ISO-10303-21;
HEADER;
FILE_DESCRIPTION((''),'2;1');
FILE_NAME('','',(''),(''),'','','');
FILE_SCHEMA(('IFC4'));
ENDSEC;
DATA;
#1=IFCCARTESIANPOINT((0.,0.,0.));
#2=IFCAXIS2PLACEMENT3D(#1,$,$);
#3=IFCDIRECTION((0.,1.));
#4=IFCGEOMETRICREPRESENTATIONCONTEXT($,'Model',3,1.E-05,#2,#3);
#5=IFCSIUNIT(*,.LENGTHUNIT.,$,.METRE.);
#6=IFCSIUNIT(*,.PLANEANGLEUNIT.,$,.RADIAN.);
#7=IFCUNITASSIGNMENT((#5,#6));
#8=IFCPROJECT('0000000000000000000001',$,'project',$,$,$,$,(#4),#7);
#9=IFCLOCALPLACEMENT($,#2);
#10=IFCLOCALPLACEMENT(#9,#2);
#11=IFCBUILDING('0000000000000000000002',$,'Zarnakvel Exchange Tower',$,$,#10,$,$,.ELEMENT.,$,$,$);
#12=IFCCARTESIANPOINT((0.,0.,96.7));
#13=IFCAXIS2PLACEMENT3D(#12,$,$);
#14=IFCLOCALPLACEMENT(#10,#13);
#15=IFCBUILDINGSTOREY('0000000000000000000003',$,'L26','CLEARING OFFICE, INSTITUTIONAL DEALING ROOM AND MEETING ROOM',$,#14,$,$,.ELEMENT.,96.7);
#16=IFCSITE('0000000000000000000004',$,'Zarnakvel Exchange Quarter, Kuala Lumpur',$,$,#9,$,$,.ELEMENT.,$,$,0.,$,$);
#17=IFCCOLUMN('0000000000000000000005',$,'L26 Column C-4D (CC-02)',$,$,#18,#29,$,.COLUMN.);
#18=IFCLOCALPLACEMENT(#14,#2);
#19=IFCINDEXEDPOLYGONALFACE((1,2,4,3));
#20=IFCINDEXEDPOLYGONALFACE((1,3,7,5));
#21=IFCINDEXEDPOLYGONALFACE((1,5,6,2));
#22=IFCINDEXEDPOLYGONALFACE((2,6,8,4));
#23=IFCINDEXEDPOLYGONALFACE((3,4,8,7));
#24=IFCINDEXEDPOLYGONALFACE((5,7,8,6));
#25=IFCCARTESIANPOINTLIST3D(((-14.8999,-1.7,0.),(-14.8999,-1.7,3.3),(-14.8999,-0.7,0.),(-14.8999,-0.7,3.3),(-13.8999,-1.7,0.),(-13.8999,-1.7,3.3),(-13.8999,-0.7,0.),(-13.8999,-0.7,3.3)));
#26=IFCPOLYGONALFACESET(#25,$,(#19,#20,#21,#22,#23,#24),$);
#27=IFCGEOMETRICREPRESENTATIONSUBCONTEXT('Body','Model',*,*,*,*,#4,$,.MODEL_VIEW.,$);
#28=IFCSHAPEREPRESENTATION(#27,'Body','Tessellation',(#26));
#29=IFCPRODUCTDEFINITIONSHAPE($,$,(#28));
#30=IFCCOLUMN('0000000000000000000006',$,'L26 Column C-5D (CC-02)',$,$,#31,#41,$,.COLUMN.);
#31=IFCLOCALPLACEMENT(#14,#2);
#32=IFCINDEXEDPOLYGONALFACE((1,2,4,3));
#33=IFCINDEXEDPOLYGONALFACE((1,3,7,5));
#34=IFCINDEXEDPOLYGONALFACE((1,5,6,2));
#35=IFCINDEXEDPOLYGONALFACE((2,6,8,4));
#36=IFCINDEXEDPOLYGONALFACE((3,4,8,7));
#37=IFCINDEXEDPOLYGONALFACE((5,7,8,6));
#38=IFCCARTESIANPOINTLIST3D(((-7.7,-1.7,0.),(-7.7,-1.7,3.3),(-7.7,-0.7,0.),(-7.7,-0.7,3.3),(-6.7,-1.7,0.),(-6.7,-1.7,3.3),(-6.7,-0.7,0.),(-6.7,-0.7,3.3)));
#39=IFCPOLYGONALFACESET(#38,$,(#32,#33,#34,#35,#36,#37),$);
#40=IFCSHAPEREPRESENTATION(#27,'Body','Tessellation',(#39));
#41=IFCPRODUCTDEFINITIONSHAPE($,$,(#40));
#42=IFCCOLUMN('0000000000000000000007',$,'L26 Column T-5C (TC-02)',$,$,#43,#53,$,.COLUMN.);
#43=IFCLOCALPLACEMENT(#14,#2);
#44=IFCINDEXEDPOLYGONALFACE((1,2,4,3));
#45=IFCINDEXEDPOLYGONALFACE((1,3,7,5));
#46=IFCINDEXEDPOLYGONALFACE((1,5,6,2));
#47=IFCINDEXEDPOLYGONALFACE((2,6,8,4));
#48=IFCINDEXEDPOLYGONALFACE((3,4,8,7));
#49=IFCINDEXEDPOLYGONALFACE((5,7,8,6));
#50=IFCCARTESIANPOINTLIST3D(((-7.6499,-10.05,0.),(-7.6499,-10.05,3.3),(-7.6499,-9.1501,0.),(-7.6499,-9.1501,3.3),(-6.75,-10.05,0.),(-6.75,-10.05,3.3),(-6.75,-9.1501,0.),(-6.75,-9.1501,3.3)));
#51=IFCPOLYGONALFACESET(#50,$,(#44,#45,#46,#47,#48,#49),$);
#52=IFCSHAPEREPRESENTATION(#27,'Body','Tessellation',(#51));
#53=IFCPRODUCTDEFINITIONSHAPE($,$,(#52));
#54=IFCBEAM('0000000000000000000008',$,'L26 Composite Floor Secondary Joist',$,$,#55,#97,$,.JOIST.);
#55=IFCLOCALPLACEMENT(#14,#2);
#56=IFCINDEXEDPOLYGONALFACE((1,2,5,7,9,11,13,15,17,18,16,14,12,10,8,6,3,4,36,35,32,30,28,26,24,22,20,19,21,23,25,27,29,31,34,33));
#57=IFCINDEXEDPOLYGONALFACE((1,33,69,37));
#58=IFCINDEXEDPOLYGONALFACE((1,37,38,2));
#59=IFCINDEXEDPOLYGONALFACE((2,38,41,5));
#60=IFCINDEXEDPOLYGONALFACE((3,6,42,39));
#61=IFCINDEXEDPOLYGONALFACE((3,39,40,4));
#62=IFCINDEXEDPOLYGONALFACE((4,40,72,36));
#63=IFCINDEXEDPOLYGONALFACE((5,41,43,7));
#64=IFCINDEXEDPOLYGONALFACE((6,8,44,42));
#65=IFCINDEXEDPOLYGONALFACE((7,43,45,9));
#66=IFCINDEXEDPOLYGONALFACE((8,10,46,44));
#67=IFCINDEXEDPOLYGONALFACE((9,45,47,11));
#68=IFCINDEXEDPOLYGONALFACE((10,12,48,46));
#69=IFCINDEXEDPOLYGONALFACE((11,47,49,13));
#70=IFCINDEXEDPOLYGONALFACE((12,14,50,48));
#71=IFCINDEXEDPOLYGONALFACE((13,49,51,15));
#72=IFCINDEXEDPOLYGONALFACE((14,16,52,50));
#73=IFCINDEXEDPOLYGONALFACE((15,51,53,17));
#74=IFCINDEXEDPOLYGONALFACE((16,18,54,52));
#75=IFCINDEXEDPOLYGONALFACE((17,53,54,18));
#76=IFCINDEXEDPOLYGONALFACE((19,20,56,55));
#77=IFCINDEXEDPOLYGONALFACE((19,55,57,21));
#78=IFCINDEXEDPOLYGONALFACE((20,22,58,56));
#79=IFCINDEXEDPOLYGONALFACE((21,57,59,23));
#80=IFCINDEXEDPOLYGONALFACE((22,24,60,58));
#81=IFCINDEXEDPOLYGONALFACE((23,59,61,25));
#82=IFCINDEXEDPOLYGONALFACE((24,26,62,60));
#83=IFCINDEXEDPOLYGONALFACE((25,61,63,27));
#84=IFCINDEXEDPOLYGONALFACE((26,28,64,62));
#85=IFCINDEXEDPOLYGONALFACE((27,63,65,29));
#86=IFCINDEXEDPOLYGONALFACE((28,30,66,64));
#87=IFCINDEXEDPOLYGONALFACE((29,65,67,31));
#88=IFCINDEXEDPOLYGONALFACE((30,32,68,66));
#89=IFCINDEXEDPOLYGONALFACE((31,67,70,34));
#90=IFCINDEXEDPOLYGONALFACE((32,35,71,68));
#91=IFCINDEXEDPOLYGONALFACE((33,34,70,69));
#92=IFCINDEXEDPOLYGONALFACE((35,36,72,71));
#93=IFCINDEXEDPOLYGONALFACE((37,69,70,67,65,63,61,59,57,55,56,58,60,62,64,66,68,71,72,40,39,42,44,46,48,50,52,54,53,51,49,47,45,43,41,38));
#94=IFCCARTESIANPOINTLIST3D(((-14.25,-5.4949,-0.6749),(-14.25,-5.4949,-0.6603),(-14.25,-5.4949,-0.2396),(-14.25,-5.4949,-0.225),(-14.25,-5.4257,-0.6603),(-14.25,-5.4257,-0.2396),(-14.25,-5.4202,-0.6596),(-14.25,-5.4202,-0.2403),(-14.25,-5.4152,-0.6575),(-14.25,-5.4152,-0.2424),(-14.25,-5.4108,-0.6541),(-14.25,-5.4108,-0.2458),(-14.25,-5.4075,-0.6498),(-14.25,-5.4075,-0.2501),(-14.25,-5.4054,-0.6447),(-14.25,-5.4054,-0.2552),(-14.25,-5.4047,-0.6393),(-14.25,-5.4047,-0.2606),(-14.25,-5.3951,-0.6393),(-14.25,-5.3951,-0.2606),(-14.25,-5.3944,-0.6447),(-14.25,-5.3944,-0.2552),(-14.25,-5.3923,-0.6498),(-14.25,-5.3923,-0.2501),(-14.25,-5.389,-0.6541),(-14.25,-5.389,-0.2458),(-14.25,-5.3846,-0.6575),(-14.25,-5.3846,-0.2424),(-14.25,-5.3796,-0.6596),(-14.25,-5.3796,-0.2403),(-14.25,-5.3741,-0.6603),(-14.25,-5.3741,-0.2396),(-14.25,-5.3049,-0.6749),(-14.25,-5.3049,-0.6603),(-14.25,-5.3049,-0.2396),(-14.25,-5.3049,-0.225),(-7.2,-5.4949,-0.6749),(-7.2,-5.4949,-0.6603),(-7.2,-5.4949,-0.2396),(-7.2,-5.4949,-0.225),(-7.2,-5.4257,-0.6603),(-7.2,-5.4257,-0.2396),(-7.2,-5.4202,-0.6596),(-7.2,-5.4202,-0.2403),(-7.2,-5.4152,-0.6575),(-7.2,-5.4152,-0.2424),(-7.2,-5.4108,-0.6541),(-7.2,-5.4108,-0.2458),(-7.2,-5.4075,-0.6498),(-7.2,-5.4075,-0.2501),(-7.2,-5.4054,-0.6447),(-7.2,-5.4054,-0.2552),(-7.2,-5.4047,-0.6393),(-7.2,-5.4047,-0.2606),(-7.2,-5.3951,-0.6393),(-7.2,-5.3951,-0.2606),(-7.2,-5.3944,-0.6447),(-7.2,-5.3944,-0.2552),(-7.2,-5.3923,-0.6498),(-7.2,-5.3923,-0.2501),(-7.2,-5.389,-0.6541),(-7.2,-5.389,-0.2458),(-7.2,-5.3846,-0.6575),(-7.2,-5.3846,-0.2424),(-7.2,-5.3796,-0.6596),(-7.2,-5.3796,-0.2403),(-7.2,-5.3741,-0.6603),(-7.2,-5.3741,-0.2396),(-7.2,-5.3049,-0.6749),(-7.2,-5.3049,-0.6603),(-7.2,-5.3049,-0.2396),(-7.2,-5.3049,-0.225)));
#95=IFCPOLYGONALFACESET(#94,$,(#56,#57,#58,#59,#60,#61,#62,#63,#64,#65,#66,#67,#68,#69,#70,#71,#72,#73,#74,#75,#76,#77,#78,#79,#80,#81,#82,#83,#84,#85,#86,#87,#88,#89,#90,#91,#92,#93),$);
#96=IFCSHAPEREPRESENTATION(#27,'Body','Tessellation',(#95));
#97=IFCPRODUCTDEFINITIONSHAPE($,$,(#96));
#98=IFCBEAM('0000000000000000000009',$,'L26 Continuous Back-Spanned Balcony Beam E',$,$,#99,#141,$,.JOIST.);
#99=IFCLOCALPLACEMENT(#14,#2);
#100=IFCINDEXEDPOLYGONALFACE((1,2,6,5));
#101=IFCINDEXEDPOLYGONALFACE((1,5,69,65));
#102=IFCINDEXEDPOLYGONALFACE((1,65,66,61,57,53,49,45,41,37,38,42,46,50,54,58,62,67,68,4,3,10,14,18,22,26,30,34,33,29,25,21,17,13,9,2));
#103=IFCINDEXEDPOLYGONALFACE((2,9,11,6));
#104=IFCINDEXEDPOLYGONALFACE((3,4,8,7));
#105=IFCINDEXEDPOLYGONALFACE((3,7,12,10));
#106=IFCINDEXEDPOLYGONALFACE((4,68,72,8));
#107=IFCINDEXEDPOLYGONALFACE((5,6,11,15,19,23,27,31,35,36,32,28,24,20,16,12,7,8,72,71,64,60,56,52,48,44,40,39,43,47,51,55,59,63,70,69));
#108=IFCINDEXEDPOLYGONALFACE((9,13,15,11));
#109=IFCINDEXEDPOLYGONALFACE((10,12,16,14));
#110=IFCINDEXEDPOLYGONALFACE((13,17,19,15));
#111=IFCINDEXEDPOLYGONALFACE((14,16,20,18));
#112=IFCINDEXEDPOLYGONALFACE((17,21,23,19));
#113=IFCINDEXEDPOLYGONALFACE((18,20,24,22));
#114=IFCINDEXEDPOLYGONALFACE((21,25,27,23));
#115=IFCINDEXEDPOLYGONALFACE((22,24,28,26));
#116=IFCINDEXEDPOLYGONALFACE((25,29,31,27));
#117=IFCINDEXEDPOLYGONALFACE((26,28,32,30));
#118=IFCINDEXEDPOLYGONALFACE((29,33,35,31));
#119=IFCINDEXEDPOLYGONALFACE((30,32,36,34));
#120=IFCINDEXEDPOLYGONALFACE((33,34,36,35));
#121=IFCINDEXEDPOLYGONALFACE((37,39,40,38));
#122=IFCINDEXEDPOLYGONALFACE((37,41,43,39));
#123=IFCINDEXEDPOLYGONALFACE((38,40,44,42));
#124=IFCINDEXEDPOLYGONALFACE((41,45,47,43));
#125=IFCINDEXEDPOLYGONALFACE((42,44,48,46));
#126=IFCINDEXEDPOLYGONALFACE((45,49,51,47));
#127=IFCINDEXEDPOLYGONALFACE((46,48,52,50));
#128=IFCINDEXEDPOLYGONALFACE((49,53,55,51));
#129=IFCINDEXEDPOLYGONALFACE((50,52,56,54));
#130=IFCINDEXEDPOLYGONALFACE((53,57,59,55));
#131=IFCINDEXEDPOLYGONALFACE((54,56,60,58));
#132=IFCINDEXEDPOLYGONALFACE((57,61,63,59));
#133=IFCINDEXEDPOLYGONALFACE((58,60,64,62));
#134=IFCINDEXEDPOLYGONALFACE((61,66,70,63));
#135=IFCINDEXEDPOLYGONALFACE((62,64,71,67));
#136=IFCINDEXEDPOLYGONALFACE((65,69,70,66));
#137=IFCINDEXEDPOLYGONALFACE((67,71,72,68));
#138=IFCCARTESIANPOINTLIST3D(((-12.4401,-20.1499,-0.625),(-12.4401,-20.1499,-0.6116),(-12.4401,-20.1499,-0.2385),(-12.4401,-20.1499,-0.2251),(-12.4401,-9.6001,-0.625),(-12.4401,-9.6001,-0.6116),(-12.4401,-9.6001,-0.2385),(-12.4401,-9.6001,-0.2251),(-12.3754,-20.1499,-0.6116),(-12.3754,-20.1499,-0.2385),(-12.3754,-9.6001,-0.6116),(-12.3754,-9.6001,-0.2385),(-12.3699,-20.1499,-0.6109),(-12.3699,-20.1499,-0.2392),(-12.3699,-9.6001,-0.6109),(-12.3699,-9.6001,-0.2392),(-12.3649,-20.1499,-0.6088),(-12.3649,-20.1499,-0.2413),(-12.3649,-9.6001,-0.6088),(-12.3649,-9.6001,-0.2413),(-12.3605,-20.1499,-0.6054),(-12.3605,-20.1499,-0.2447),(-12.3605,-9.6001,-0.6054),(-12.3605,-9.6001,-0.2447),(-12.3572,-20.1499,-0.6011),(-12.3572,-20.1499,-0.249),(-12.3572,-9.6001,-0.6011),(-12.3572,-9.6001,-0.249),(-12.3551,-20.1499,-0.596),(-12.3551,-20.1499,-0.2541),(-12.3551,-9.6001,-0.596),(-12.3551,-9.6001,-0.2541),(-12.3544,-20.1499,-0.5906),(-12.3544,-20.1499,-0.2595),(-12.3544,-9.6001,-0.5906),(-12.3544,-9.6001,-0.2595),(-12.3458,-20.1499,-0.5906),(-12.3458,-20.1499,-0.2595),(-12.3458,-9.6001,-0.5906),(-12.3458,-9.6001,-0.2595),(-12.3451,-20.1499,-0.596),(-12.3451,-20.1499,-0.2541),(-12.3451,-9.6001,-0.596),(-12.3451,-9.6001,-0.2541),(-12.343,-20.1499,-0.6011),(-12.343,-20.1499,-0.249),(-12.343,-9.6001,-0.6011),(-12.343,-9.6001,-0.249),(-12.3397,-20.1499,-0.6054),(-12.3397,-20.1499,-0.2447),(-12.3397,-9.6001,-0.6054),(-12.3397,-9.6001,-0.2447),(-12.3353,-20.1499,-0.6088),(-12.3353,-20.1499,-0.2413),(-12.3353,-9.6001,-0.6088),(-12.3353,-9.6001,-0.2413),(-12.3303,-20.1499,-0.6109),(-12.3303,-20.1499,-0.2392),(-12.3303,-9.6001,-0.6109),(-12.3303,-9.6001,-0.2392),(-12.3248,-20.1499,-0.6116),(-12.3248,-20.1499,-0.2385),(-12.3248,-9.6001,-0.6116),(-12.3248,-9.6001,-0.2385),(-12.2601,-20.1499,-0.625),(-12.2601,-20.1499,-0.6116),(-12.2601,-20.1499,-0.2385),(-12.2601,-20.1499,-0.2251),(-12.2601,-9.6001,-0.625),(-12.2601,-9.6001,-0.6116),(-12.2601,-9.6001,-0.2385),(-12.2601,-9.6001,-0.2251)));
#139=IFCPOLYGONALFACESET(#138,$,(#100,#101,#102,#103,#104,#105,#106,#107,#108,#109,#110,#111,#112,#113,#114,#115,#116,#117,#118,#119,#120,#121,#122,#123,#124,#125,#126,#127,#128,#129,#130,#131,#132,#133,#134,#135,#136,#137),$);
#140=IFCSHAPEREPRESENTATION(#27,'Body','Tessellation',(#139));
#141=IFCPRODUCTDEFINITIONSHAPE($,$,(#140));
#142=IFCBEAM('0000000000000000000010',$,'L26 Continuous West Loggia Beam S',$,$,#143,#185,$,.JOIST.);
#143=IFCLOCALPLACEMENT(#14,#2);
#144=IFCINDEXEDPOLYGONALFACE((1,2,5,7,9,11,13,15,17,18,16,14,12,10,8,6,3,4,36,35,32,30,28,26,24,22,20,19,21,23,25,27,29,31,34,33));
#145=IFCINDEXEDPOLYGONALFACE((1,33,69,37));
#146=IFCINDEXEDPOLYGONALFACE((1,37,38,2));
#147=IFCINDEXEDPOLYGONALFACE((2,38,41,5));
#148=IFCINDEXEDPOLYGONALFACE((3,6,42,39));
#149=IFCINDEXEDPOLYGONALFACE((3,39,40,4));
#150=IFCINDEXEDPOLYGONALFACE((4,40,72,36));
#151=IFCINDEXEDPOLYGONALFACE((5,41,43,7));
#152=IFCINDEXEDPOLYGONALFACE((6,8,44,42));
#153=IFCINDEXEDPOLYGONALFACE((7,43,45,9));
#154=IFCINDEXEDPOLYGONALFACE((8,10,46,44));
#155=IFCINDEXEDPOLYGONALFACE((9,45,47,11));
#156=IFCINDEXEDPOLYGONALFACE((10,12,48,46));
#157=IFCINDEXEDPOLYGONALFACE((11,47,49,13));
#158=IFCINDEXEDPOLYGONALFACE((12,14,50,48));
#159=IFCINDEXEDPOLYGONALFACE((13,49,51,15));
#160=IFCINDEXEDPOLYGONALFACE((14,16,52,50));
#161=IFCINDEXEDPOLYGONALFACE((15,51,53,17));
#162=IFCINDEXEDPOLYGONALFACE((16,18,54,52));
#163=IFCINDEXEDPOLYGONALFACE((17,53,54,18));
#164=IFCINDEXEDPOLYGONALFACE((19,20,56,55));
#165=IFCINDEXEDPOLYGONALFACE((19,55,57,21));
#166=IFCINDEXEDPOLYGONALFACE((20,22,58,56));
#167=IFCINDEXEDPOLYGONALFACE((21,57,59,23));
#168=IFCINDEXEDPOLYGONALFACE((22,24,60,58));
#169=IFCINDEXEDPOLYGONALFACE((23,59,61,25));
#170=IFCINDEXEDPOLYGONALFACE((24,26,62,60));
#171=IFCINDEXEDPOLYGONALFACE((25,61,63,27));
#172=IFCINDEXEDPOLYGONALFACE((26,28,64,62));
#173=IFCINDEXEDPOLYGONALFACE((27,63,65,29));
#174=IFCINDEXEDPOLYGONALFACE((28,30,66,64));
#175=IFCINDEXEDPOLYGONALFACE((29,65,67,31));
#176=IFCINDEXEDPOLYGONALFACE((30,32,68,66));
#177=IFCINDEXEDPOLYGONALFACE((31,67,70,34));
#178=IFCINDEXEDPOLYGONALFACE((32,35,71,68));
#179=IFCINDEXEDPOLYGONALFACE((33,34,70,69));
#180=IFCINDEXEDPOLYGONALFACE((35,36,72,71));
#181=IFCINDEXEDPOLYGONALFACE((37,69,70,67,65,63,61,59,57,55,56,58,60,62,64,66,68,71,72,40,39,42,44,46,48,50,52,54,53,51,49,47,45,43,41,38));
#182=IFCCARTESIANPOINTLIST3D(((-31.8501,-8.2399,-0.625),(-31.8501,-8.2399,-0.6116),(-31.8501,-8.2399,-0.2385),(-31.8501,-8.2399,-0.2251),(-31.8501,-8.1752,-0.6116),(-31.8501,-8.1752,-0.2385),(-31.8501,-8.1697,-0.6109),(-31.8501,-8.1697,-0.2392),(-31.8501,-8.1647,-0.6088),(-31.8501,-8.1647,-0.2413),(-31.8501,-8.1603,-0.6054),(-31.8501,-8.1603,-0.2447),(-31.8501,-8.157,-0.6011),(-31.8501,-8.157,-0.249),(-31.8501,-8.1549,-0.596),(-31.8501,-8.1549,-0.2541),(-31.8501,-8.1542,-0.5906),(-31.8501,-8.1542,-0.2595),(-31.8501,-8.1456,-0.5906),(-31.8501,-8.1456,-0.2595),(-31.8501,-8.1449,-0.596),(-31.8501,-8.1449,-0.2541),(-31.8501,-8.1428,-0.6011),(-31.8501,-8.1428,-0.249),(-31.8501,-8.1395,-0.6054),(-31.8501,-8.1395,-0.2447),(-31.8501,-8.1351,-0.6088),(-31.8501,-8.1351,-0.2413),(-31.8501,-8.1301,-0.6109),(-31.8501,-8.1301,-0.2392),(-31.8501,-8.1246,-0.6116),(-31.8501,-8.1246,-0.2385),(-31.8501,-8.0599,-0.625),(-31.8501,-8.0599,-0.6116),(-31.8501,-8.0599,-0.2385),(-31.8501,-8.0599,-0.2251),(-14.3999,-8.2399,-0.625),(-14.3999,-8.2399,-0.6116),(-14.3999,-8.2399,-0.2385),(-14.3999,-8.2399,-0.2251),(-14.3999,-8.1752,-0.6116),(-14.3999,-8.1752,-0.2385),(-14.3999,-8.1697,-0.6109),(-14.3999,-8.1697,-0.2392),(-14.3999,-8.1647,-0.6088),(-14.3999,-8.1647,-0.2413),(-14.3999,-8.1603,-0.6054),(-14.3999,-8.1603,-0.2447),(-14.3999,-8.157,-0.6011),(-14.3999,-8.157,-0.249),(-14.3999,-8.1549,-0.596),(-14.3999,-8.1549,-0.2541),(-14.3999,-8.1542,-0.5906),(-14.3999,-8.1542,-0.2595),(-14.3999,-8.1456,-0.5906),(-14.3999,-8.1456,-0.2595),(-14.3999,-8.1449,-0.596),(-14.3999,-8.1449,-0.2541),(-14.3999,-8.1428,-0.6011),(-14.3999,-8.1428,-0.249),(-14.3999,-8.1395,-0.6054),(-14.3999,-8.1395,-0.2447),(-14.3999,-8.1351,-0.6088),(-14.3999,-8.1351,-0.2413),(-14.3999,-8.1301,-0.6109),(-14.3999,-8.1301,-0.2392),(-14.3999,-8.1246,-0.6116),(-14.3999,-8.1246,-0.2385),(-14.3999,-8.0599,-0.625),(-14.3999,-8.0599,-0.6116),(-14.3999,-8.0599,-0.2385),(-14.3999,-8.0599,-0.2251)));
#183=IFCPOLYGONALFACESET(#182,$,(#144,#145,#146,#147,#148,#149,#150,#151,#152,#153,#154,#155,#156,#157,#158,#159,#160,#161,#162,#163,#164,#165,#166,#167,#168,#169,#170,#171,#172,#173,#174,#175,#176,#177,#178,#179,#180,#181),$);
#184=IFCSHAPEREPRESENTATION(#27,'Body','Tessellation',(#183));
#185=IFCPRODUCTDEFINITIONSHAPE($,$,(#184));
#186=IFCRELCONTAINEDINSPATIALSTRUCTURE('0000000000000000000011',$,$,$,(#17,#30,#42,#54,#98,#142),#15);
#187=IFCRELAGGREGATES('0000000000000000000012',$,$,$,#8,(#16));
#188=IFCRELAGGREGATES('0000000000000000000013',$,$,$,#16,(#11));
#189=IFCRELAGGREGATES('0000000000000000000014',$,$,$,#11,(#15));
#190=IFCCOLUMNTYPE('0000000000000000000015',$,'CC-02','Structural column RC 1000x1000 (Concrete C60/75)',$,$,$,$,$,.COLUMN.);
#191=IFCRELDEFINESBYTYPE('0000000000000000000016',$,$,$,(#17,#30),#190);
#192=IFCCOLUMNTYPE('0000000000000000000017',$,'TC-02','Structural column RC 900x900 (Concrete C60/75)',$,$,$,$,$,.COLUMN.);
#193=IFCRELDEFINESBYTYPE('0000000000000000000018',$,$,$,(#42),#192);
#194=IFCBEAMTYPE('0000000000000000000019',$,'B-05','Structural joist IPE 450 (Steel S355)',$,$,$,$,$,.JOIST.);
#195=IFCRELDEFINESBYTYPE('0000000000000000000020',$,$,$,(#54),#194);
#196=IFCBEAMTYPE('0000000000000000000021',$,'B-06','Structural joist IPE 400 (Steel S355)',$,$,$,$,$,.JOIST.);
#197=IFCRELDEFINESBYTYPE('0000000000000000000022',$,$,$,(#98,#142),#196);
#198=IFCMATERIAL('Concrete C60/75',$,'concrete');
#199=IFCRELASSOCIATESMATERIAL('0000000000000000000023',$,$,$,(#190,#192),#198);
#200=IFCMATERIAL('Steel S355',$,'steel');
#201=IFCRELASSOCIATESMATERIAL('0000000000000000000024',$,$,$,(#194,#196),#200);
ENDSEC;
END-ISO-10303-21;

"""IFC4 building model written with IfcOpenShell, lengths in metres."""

from ifc_helpers import new_model, si_unit, direction, frame, origin, origin_2d, place, context, subcontext, project, spatial, rectangle, i_section, extrude, material, material_profile, profile_set, type_object, element, save


model = new_model("IFC4")

# Units and contexts
model_context = context("Model", 3, precision=1e-05, world=origin(), true_north=direction((0.0, 1.0)))
body_context = subcontext(model_context, "Body", "Model", "MODEL_VIEW")
ifc_project = project(units=[si_unit("LENGTHUNIT", "METRE"), si_unit("PLANEANGLEUNIT", "RADIAN")], contexts=[model_context])

# Site, building, storey
site_placement = place(None, origin())
site = spatial("IfcSite", under=ifc_project, at=site_placement, Name="Zarnakvel Exchange Quarter, Kuala Lumpur", CompositionType="ELEMENT", RefElevation=0.0)
building_placement = place(site_placement, origin())
building = spatial("IfcBuilding", under=site, at=building_placement, Name="Zarnakvel Exchange Tower", CompositionType="ELEMENT")
storey_placement = place(building_placement, frame((0.0, 0.0, 96.7)))
storey = spatial("IfcBuildingStorey", under=building, at=storey_placement, Name="L26", Description="CLEARING OFFICE, INSTITUTIONAL DEALING ROOM AND MEETING ROOM", CompositionType="ELEMENT", Elevation=96.7)

# Columns
ifc_material_1 = material(Name="Concrete C60/75", Category="concrete")
ifc_material_profile_1 = material_profile(ifc_material_1, rectangle(XDim=1.0, YDim=1.0, at=origin_2d()))
ifc_profile_set_1 = profile_set([ifc_material_profile_1], Name="Concrete C60/75")
column_type_1 = type_object("IfcColumnType", Name="CC-02", Description="Structural column RC 1000x1000 (Concrete C60/75)", PredefinedType="COLUMN", material=ifc_profile_set_1)
for number, where, z_axis, x_axis, name in (
    (1, (-14.3999, -1.2, 0.0), (0.0, 0.0, 1.0), (1.0, 0.0, 0.0), "L26 Column C-4D (CC-02)"),
    (2, (-7.2, -1.2, 0.0), (0.0, 0.0, 1.0), (1.0, 0.0, 0.0), "L26 Column C-5D (CC-02)"),
):
    element("IfcColumn", number, at=place(storey_placement, frame(where, z_axis=z_axis, x_axis=x_axis)), inside=storey, type_object=column_type_1, Name=name, PredefinedType="COLUMN", context=body_context, shape_type="SweptSolid", body=[
        extrude(rectangle(XDim=1.0, YDim=1.0, at=origin_2d()), origin(), (0.0, 0.0, 1.0), 3.3),
    ])
ifc_material_profile_2 = material_profile(ifc_material_1, rectangle(XDim=0.8999, YDim=0.8999, at=origin_2d()))
ifc_profile_set_2 = profile_set([ifc_material_profile_2], Name="Concrete C60/75")
column_type_2 = type_object("IfcColumnType", Name="TC-02", Description="Structural column RC 900x900 (Concrete C60/75)", PredefinedType="COLUMN", material=ifc_profile_set_2)
column_placement = place(storey_placement, frame((-7.2, -9.6001, 0.0), z_axis=(0.0, 0.0, 1.0), x_axis=(1.0, 0.0, 0.0)))
element("IfcColumn", 3, at=column_placement, inside=storey, type_object=column_type_2, Name="L26 Column T-5C (TC-02)", PredefinedType="COLUMN", context=body_context, shape_type="SweptSolid", body=[
    extrude(rectangle(XDim=0.8999, YDim=0.8999, at=origin_2d()), origin(), (0.0, 0.0, 1.0), 3.3),
])

# Beams
ifc_material_2 = material(Name="Steel S355", Category="steel")
ifc_material_profile_3 = material_profile(ifc_material_2, i_section(OverallWidth=0.1899, OverallDepth=0.45, WebThickness=0.0095, FlangeThickness=0.0146, FilletRadius=0.021, at=origin_2d()))
ifc_profile_set_3 = profile_set([ifc_material_profile_3], Name="Steel S355")
beam_type_1 = type_object("IfcBeamType", Name="B-05", Description="Structural joist IPE 450 (Steel S355)", PredefinedType="JOIST", material=ifc_profile_set_3)
beam_1_placement = place(storey_placement, frame((-14.25, -5.3999, -0.45), z_axis=(1.0, 0.0, 0.0), x_axis=(0.0, 1.0, 0.0)))
element("IfcBeam", 4, at=beam_1_placement, inside=storey, type_object=beam_type_1, Name="L26 Composite Floor Secondary Joist", PredefinedType="JOIST", context=body_context, shape_type="SweptSolid", body=[
    extrude(i_section(OverallWidth=0.1899, OverallDepth=0.45, WebThickness=0.0095, FlangeThickness=0.0146, FilletRadius=0.021, at=origin_2d()), origin(), (0.0, 0.0, 1.0), 7.05),
])
ifc_material_profile_4 = material_profile(ifc_material_2, i_section(OverallWidth=0.1799, OverallDepth=0.3999, WebThickness=0.0085, FlangeThickness=0.0134, FilletRadius=0.021, at=origin_2d()))
ifc_profile_set_4 = profile_set([ifc_material_profile_4], Name="Steel S355")
beam_type_2 = type_object("IfcBeamType", Name="B-06", Description="Structural joist IPE 400 (Steel S355)", PredefinedType="JOIST", material=ifc_profile_set_4)
beam_2_placement = place(storey_placement, frame((-12.3501, -9.6001, -0.425), z_axis=(0.0, -1.0, 0.0), x_axis=(1.0, 0.0, 0.0)))
element("IfcBeam", 5, at=beam_2_placement, inside=storey, type_object=beam_type_2, Name="L26 Continuous Back-Spanned Balcony Beam E", PredefinedType="JOIST", context=body_context, shape_type="SweptSolid", body=[
    extrude(i_section(OverallWidth=0.1799, OverallDepth=0.3999, WebThickness=0.0085, FlangeThickness=0.0134, FilletRadius=0.021, at=origin_2d()), origin(), (0.0, 0.0, 1.0), 10.5498),
])
for number, where, z_axis, x_axis, name in (
    (6, (-14.3999, -8.1499, -0.425), (-1.0, 0.0, 0.0), (0.0, -1.0, 0.0), "L26 Continuous West Loggia Beam S"),
):
    element("IfcBeam", number, at=place(storey_placement, frame(where, z_axis=z_axis, x_axis=x_axis)), inside=storey, type_object=beam_type_2, Name=name, PredefinedType="JOIST", context=body_context, shape_type="SweptSolid", body=[
        extrude(i_section(OverallWidth=0.1799, OverallDepth=0.3999, WebThickness=0.0085, FlangeThickness=0.0134, FilletRadius=0.021, at=origin_2d()), origin(), (0.0, 0.0, 1.0), 17.4502),
    ])

save(model, "model.ifc")
